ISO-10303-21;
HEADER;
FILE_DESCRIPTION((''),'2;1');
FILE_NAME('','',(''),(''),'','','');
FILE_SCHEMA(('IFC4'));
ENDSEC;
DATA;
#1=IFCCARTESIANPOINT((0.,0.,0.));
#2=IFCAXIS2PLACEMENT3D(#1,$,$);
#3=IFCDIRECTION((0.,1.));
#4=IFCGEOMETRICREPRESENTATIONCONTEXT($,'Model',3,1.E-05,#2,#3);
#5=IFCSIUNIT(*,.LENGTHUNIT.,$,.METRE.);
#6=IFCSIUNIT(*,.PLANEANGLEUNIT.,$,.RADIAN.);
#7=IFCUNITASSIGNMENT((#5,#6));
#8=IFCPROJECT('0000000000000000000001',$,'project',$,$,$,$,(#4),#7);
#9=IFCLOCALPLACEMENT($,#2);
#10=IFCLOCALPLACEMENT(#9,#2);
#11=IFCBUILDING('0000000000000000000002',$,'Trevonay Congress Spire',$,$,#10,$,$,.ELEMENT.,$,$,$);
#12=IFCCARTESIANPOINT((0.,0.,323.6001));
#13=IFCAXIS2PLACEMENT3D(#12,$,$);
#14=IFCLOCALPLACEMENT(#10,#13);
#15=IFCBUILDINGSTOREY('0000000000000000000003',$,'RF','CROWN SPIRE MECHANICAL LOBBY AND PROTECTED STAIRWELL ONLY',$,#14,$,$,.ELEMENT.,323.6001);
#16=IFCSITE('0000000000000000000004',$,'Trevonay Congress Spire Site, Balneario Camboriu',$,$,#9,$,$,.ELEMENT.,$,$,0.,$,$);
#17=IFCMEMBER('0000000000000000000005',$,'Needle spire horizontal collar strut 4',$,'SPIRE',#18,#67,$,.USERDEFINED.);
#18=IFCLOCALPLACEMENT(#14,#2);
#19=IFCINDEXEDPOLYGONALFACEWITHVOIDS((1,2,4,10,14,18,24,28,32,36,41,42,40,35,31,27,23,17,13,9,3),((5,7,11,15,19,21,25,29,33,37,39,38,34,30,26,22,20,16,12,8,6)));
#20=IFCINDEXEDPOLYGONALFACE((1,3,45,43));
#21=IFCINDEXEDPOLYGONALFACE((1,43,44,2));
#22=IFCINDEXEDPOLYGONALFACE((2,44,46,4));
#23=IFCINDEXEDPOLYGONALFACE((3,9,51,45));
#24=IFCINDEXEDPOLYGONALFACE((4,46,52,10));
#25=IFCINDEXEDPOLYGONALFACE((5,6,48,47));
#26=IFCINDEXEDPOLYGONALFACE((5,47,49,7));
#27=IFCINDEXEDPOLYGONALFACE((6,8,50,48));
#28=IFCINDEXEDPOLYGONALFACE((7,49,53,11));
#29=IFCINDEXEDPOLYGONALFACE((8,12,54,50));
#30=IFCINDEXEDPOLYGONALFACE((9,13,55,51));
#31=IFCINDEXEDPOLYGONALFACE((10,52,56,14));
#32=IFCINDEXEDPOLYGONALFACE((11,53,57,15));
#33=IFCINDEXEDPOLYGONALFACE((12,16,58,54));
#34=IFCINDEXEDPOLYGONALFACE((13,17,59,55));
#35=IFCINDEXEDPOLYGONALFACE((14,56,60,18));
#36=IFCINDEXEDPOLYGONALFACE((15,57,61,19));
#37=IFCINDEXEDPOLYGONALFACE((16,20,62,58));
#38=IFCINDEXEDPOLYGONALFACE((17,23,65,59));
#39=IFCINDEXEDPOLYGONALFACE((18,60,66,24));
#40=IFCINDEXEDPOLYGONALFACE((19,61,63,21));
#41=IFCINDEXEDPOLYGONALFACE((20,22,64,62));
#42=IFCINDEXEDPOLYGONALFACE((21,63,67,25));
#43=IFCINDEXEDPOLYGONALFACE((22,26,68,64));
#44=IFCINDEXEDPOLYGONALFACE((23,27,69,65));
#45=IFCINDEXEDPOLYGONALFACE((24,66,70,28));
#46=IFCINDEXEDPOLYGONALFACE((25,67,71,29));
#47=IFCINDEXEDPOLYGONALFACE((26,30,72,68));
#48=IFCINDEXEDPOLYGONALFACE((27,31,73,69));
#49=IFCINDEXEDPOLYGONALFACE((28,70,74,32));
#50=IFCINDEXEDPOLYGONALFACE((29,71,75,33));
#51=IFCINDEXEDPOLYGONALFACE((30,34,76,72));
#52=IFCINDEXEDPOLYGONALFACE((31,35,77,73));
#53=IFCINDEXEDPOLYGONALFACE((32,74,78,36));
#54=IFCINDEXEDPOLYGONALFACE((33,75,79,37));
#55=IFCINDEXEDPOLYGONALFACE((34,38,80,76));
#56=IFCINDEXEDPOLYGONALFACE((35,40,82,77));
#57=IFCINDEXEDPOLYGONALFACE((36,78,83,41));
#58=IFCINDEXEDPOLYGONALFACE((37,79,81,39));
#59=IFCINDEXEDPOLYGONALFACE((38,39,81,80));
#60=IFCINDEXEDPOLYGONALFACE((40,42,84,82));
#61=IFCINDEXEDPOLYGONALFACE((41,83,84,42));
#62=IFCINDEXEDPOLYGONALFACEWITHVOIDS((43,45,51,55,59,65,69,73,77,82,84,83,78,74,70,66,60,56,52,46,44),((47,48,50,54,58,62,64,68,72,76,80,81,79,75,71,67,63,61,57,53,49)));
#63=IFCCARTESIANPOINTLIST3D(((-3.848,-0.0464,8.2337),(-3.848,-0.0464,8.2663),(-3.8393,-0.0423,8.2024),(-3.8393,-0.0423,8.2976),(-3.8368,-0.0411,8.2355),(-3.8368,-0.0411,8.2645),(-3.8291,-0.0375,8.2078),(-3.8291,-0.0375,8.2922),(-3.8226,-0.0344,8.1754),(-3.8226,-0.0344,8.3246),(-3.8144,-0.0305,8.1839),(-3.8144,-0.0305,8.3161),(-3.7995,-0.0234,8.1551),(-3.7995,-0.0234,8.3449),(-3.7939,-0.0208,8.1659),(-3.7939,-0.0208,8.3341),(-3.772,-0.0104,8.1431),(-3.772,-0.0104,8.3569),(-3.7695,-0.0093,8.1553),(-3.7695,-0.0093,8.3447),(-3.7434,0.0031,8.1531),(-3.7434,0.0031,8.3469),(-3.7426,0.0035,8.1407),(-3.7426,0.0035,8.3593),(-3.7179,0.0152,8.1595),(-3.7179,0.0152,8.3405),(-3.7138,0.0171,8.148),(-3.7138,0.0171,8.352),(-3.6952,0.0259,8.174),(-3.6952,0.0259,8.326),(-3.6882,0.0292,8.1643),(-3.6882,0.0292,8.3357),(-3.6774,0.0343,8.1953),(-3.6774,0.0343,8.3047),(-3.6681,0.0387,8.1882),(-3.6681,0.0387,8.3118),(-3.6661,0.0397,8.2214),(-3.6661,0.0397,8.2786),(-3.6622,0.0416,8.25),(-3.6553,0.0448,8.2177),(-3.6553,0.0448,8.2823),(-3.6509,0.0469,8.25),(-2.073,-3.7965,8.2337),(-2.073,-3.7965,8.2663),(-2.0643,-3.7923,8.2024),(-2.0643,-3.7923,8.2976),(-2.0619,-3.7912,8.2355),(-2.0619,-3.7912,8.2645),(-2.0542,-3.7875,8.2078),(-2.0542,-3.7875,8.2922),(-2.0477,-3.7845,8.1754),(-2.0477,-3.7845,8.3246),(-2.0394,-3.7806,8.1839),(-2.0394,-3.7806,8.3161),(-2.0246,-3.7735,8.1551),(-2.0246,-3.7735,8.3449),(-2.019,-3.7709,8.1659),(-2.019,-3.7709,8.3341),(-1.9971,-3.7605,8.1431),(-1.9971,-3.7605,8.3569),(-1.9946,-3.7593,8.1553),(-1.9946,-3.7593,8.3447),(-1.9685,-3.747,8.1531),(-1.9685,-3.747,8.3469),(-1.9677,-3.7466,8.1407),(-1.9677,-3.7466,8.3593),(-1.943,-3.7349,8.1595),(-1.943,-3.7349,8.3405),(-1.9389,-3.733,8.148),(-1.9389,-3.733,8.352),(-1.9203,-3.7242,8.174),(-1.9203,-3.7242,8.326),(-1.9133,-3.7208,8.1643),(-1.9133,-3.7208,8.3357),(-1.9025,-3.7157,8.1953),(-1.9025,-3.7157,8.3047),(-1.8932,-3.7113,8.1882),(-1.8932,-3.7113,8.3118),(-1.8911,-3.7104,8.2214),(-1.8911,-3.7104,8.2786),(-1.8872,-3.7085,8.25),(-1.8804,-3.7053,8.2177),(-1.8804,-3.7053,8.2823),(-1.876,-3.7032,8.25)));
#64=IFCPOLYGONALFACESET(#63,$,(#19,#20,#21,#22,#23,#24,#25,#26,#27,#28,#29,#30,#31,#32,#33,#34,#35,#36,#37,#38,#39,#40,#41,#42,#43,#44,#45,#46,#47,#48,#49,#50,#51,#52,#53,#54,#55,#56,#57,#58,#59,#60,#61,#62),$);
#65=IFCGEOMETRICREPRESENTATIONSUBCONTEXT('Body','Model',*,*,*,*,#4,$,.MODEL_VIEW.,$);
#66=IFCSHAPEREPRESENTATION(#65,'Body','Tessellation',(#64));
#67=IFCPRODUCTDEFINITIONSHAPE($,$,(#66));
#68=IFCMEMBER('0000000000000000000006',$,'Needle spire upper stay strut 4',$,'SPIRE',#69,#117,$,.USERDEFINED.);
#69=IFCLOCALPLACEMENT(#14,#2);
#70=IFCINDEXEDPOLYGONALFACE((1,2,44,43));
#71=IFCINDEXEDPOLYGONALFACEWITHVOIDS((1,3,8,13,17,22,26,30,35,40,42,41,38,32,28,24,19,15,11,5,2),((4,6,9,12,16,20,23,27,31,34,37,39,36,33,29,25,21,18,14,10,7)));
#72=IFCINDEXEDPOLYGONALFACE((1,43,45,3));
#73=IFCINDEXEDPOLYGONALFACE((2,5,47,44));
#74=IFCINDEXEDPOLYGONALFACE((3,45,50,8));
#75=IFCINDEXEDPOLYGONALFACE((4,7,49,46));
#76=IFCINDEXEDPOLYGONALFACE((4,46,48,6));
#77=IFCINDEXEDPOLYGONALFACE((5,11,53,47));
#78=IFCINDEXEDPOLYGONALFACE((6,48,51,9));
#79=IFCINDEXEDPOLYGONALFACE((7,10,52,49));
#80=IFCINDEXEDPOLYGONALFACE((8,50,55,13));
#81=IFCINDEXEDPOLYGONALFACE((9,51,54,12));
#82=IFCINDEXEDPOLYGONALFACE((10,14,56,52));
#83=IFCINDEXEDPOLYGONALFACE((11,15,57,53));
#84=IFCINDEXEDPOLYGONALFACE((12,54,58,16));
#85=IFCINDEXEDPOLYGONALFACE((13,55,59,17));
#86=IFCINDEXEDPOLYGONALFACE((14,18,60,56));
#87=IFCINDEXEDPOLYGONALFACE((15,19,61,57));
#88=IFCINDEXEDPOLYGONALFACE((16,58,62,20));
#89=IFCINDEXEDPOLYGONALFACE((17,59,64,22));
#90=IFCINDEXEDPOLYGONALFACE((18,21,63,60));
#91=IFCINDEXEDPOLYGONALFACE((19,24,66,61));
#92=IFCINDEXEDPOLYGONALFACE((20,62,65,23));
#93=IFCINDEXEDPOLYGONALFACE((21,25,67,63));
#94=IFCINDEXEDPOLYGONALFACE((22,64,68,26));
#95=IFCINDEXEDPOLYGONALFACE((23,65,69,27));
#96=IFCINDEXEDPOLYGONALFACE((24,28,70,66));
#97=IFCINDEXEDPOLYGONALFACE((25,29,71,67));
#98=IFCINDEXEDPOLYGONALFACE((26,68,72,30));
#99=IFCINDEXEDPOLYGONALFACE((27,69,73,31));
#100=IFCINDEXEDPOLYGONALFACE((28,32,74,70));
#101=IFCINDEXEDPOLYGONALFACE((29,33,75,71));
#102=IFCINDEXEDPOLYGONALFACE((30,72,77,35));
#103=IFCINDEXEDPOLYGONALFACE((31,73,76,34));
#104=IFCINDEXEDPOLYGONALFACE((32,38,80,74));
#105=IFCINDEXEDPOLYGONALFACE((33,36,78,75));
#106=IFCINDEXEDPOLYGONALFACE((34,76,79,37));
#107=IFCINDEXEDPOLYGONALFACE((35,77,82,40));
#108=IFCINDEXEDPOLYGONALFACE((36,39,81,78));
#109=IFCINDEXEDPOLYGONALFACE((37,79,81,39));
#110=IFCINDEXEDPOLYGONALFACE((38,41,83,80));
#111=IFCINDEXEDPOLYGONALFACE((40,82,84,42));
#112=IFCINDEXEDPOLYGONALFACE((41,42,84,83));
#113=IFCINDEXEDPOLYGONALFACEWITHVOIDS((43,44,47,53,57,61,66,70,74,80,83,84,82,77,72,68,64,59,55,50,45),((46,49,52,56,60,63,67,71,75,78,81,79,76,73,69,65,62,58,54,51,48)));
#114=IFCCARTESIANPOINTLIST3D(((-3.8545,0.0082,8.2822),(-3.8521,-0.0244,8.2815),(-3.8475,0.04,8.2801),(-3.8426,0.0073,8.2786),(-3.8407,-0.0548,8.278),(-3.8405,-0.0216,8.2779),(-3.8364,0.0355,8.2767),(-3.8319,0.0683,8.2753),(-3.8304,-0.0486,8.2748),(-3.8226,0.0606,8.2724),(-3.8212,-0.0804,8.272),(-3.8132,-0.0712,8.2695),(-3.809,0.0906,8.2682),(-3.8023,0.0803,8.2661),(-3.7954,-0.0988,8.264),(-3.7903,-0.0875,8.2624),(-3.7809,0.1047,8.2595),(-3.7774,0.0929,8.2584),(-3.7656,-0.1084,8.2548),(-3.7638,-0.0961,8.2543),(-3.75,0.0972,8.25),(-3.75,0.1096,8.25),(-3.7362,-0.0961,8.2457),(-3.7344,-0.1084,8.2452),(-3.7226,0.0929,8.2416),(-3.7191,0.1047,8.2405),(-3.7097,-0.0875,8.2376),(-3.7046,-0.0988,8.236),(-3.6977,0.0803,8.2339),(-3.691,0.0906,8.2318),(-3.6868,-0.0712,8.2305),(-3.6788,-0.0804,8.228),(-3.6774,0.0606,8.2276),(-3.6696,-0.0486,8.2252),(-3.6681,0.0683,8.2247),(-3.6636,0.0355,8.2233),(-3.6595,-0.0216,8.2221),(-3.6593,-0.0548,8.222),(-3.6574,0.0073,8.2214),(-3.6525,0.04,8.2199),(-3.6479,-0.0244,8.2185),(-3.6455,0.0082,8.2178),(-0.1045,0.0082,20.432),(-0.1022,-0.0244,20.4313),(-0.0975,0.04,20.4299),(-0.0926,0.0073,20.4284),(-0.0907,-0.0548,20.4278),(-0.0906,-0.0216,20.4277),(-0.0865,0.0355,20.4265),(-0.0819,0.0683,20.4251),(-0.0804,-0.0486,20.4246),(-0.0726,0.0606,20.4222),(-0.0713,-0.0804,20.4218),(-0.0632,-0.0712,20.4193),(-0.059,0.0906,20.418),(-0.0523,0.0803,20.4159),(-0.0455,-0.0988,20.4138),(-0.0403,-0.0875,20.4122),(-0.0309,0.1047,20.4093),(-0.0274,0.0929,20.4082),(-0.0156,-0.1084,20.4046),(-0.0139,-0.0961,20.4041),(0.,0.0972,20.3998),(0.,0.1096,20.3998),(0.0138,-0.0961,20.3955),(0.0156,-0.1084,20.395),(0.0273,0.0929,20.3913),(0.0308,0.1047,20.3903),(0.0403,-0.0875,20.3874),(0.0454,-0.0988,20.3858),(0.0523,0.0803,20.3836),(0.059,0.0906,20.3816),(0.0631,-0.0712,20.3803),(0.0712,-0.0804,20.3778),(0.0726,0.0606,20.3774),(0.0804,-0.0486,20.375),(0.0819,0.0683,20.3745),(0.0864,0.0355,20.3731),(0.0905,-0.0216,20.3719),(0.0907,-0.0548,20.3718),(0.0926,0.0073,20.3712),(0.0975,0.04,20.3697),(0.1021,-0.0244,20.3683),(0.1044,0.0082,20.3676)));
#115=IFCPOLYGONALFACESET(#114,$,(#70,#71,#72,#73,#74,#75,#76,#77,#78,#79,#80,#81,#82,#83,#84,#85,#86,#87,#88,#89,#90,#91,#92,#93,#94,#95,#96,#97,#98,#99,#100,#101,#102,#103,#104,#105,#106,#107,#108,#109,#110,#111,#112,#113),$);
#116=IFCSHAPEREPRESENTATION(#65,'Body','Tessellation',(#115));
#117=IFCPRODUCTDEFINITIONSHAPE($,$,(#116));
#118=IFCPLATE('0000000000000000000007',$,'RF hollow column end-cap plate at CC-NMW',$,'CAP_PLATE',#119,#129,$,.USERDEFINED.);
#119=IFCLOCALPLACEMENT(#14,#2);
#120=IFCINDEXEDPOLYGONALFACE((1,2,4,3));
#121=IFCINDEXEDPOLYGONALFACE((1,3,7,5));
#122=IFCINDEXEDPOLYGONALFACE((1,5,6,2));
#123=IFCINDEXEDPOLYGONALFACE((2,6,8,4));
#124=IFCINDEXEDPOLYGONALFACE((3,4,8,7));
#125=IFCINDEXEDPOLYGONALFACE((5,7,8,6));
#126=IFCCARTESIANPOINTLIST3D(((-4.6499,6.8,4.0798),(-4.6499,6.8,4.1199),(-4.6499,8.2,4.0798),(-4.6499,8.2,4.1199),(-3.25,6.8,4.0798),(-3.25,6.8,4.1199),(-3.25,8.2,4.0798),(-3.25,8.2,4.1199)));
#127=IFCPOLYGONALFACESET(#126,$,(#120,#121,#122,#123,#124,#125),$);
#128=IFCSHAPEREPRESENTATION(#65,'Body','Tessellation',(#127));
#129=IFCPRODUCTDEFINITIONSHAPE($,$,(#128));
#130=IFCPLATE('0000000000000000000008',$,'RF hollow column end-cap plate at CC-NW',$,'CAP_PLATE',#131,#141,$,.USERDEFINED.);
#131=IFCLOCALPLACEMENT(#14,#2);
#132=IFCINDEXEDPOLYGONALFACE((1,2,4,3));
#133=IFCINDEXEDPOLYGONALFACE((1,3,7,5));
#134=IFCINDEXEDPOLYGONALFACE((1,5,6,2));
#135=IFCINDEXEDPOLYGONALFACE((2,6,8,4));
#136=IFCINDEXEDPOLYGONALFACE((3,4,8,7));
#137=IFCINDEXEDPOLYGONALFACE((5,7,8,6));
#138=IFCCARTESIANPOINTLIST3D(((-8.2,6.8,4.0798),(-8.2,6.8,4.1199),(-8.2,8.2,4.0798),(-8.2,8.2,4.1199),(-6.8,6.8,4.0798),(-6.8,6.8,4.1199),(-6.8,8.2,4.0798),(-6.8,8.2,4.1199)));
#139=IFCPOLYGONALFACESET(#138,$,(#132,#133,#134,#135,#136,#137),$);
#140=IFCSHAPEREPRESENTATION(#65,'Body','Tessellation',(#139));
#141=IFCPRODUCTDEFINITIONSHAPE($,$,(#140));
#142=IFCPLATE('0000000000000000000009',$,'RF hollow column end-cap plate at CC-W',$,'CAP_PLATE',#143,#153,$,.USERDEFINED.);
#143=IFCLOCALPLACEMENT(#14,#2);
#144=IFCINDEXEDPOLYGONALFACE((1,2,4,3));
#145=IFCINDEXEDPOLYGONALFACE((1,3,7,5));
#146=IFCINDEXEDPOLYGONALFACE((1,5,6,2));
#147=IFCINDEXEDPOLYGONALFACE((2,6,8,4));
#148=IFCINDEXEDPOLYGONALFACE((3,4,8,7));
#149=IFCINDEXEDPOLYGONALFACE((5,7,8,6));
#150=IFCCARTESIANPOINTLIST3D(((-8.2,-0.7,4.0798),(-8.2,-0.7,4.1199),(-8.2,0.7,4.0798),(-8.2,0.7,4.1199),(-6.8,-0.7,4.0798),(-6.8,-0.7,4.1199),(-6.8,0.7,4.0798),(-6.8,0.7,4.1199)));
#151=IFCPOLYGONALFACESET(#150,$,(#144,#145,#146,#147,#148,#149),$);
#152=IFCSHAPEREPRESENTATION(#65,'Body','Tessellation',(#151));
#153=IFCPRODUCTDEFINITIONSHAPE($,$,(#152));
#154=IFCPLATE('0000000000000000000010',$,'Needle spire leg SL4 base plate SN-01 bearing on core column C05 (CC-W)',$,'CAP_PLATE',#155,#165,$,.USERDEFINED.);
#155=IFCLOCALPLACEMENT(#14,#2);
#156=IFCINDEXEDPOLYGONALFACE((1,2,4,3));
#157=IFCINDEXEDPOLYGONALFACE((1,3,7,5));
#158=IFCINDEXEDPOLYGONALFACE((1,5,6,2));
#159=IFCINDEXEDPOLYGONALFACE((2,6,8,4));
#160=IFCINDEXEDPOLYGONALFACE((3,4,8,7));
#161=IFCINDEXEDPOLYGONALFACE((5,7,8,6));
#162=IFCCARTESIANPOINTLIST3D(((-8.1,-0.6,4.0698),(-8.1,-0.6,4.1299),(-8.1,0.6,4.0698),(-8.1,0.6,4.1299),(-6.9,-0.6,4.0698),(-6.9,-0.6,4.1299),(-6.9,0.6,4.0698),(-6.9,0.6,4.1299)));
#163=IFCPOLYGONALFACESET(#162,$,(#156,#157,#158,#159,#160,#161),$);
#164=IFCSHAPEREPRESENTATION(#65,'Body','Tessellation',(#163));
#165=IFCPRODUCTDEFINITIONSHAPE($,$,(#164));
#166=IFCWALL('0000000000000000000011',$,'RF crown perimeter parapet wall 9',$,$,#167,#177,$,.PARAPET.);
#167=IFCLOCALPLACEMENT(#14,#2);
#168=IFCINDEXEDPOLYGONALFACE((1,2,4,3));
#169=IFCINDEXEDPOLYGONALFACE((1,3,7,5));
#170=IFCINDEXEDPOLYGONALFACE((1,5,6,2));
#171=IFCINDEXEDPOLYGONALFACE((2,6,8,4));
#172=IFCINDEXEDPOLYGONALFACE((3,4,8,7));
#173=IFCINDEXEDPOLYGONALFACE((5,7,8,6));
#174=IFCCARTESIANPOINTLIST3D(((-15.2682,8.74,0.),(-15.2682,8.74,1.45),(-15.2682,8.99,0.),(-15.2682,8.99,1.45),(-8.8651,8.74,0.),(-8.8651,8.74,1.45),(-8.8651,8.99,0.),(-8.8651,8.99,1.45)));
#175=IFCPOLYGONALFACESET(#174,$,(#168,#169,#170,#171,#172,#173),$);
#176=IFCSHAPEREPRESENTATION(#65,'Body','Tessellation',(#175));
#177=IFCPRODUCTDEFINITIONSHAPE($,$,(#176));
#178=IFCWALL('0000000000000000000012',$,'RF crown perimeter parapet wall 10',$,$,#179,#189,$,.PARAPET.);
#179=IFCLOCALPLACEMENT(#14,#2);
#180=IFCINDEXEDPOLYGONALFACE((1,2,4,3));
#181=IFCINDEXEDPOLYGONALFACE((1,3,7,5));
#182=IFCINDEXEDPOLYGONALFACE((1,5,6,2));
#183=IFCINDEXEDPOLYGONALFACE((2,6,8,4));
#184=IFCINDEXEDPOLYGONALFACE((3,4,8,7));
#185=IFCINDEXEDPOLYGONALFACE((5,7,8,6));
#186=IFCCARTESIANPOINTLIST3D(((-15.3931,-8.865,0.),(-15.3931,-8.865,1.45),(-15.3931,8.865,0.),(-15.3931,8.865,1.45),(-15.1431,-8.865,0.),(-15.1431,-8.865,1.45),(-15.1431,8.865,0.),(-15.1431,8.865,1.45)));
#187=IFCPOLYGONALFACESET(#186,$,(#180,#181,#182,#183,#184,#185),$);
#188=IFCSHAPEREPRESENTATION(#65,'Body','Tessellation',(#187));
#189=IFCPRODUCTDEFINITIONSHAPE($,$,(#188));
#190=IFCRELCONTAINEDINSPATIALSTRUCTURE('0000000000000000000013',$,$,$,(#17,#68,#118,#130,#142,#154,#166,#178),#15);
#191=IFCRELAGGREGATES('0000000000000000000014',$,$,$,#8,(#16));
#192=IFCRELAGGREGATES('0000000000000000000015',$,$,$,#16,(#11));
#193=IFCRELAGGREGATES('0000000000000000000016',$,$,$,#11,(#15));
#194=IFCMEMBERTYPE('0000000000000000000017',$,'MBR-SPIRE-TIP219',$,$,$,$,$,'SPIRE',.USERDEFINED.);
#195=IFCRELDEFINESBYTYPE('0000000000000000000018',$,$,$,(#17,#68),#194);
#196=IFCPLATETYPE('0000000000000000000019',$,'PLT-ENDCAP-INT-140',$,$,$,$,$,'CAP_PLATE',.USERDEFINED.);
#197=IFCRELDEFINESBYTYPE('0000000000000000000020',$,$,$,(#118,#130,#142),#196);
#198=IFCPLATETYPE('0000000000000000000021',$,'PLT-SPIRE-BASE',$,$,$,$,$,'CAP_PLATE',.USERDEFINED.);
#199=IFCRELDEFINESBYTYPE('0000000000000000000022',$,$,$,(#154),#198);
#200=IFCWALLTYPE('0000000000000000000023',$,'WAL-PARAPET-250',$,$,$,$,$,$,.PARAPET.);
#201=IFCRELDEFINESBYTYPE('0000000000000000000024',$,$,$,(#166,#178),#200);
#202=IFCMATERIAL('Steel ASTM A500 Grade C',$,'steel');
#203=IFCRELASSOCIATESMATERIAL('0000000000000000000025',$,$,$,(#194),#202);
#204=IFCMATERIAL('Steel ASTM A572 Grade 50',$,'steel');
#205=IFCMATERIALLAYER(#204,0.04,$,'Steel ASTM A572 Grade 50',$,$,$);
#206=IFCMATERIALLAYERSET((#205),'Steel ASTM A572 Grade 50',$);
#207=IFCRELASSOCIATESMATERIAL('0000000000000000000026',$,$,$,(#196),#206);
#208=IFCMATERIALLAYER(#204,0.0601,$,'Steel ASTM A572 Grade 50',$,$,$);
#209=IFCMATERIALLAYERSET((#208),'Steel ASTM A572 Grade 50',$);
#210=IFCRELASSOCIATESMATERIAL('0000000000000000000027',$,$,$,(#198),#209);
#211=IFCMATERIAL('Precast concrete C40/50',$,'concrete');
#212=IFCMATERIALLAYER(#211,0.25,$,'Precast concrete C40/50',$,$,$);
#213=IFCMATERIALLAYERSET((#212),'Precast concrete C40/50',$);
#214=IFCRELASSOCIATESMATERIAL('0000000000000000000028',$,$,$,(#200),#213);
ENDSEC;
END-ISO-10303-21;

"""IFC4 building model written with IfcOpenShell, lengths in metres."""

from ifc_helpers import new_model, si_unit, direction, frame, frame_2d, origin, origin_2d, place, context, subcontext, project, spatial, rectangle, hollow_circle, extrude, material, layer, layer_set, material_profile, profile_set, type_object, element, save


model = new_model("IFC4")

# Units and contexts
model_context = context("Model", 3, precision=1e-05, world=origin(), true_north=direction((0.0, 1.0)))
body_context = subcontext(model_context, "Body", "Model", "MODEL_VIEW")
ifc_project = project(units=[si_unit("LENGTHUNIT", "METRE"), si_unit("PLANEANGLEUNIT", "RADIAN")], contexts=[model_context])

# Site, building, storey
site_placement = place(None, origin())
site = spatial("IfcSite", under=ifc_project, at=site_placement, Name="Trevonay Congress Spire Site, Balneario Camboriu", CompositionType="ELEMENT", RefElevation=0.0)
building_placement = place(site_placement, origin())
building = spatial("IfcBuilding", under=site, at=building_placement, Name="Trevonay Congress Spire", CompositionType="ELEMENT")
storey_placement = place(building_placement, frame((0.0, 0.0, 323.6001)))
storey = spatial("IfcBuildingStorey", under=building, at=storey_placement, Name="RF", Description="CROWN SPIRE MECHANICAL LOBBY AND PROTECTED STAIRWELL ONLY", CompositionType="ELEMENT", Elevation=323.6001)

# Shared definitions
ifc_material_1 = material(Name="Steel ASTM A572 Grade 50", Category="steel")

# Members
ifc_material_2 = material(Name="Steel ASTM A500 Grade C", Category="steel")
ifc_material_profile_1 = material_profile(ifc_material_2, hollow_circle(Radius=0.1096, WallThickness=0.0125, at=origin_2d()), Name="CHS 219.1x12.5")
ifc_profile_set_1 = profile_set([ifc_material_profile_1], Name="Steel ASTM A500 Grade C")
member_type_1 = type_object("IfcMemberType", Name="MBR-SPIRE-TIP219", ElementType="SPIRE", PredefinedType="USERDEFINED", material=ifc_profile_set_1)
member_1_placement = place(storey_placement, frame((-3.75, 0.0, 8.25), z_axis=(0.427808, -0.90387, 0.0), x_axis=(0.90387, 0.427808, 0.0)))
element("IfcMember", 1, at=member_1_placement, inside=storey, type_object=member_type_1, Name="Needle spire horizontal collar strut 4", ObjectType="SPIRE", PredefinedType="USERDEFINED", context=body_context, shape_type="SweptSolid", body=[
    extrude(hollow_circle(Radius=0.1096, WallThickness=0.0125, at=origin_2d()), origin(), (0.0, 0.0, 1.0), 4.1489),
])
member_2_placement = place(storey_placement, frame((-3.75, 0.0, 8.25), z_axis=(0.294917, 0.0, 0.955523), x_axis=(0.0, 1.0, 0.0)))
element("IfcMember", 2, at=member_2_placement, inside=storey, type_object=member_type_1, Name="Needle spire upper stay strut 4", ObjectType="SPIRE", PredefinedType="USERDEFINED", context=body_context, shape_type="SweptSolid", body=[
    extrude(hollow_circle(Radius=0.1096, WallThickness=0.0125, at=origin_2d()), origin(), (0.0, 0.0, 1.0), 12.7153),
])

# Plates
ifc_layer_1 = layer(ifc_material_1, 0.04, Name="Steel ASTM A572 Grade 50")
ifc_layer_set_1 = layer_set([ifc_layer_1], Name="Steel ASTM A572 Grade 50")
plate_type_1 = type_object("IfcPlateType", Name="PLT-ENDCAP-INT-140", ElementType="CAP_PLATE", PredefinedType="USERDEFINED", material=ifc_layer_set_1)
for number, where, z_axis, x_axis, name in (
    (3, (-3.95, 7.5, 4.0798), (0.0, 0.0, 1.0), (1.0, 0.0, 0.0), "RF hollow column end-cap plate at CC-NMW"),
    (4, (-7.5, 7.5, 4.0798), (0.0, 0.0, 1.0), (1.0, 0.0, 0.0), "RF hollow column end-cap plate at CC-NW"),
    (5, (-7.5, 0.0, 4.0798), (0.0, 0.0, 1.0), (1.0, 0.0, 0.0), "RF hollow column end-cap plate at CC-W"),
):
    element("IfcPlate", number, at=place(storey_placement, frame(where, z_axis=z_axis, x_axis=x_axis)), inside=storey, type_object=plate_type_1, Name=name, ObjectType="CAP_PLATE", PredefinedType="USERDEFINED", context=body_context, shape_type="SweptSolid", body=[
        extrude(rectangle(XDim=1.3999, YDim=1.3999, at=origin_2d()), origin(), (0.0, 0.0, 1.0), 0.04),
    ])
ifc_layer_2 = layer(ifc_material_1, 0.0601, Name="Steel ASTM A572 Grade 50")
ifc_layer_set_2 = layer_set([ifc_layer_2], Name="Steel ASTM A572 Grade 50")
plate_type_2 = type_object("IfcPlateType", Name="PLT-SPIRE-BASE", ElementType="CAP_PLATE", PredefinedType="USERDEFINED", material=ifc_layer_set_2)
plate_placement = place(storey_placement, frame((-7.5, 0.0, 4.0698), z_axis=(0.0, 0.0, 1.0), x_axis=(1.0, 0.0, 0.0)))
element("IfcPlate", 6, at=plate_placement, inside=storey, type_object=plate_type_2, Name="Needle spire leg SL4 base plate SN-01 bearing on core column C05 (CC-W)", ObjectType="CAP_PLATE", PredefinedType="USERDEFINED", context=body_context, shape_type="SweptSolid", body=[
    extrude(rectangle(XDim=1.2, YDim=1.2, at=origin_2d()), origin(), (0.0, 0.0, 1.0), 0.0601),
])

# Walls
ifc_material_3 = material(Name="Precast concrete C40/50", Category="concrete")
ifc_layer_3 = layer(ifc_material_3, 0.25, Name="Precast concrete C40/50")
ifc_layer_set_3 = layer_set([ifc_layer_3], Name="Precast concrete C40/50")
wall_type_1 = type_object("IfcWallType", Name="WAL-PARAPET-250", PredefinedType="PARAPET", material=ifc_layer_set_3)
for number, where, z_axis, x_axis, name in (
    (7, (-8.865, 8.865, 0.0), (0.0, 0.0, 1.0), (-1.0, 0.0, 0.0), "RF crown perimeter parapet wall 9"),
):
    element("IfcWall", number, at=place(storey_placement, frame(where, z_axis=z_axis, x_axis=x_axis)), inside=storey, type_object=wall_type_1, Name=name, PredefinedType="PARAPET", context=body_context, shape_type="SweptSolid", body=[
        extrude(rectangle(XDim=6.4031, YDim=0.25, at=frame_2d((3.2017, 0.0))), origin(), (0.0, 0.0, 1.0), 1.45),
    ])
wall_1_placement = place(storey_placement, frame((-15.2681, 8.865, 0.0), z_axis=(0.0, 0.0, 1.0), x_axis=(0.0, -1.0, 0.0)))
element("IfcWall", 8, at=wall_1_placement, inside=storey, type_object=wall_type_1, Name="RF crown perimeter parapet wall 10", PredefinedType="PARAPET", context=body_context, shape_type="SweptSolid", body=[
    extrude(rectangle(XDim=17.73, YDim=0.25, at=frame_2d((8.865, 0.0))), origin(), (0.0, 0.0, 1.0), 1.45),
])

save(model, "model.ifc")
